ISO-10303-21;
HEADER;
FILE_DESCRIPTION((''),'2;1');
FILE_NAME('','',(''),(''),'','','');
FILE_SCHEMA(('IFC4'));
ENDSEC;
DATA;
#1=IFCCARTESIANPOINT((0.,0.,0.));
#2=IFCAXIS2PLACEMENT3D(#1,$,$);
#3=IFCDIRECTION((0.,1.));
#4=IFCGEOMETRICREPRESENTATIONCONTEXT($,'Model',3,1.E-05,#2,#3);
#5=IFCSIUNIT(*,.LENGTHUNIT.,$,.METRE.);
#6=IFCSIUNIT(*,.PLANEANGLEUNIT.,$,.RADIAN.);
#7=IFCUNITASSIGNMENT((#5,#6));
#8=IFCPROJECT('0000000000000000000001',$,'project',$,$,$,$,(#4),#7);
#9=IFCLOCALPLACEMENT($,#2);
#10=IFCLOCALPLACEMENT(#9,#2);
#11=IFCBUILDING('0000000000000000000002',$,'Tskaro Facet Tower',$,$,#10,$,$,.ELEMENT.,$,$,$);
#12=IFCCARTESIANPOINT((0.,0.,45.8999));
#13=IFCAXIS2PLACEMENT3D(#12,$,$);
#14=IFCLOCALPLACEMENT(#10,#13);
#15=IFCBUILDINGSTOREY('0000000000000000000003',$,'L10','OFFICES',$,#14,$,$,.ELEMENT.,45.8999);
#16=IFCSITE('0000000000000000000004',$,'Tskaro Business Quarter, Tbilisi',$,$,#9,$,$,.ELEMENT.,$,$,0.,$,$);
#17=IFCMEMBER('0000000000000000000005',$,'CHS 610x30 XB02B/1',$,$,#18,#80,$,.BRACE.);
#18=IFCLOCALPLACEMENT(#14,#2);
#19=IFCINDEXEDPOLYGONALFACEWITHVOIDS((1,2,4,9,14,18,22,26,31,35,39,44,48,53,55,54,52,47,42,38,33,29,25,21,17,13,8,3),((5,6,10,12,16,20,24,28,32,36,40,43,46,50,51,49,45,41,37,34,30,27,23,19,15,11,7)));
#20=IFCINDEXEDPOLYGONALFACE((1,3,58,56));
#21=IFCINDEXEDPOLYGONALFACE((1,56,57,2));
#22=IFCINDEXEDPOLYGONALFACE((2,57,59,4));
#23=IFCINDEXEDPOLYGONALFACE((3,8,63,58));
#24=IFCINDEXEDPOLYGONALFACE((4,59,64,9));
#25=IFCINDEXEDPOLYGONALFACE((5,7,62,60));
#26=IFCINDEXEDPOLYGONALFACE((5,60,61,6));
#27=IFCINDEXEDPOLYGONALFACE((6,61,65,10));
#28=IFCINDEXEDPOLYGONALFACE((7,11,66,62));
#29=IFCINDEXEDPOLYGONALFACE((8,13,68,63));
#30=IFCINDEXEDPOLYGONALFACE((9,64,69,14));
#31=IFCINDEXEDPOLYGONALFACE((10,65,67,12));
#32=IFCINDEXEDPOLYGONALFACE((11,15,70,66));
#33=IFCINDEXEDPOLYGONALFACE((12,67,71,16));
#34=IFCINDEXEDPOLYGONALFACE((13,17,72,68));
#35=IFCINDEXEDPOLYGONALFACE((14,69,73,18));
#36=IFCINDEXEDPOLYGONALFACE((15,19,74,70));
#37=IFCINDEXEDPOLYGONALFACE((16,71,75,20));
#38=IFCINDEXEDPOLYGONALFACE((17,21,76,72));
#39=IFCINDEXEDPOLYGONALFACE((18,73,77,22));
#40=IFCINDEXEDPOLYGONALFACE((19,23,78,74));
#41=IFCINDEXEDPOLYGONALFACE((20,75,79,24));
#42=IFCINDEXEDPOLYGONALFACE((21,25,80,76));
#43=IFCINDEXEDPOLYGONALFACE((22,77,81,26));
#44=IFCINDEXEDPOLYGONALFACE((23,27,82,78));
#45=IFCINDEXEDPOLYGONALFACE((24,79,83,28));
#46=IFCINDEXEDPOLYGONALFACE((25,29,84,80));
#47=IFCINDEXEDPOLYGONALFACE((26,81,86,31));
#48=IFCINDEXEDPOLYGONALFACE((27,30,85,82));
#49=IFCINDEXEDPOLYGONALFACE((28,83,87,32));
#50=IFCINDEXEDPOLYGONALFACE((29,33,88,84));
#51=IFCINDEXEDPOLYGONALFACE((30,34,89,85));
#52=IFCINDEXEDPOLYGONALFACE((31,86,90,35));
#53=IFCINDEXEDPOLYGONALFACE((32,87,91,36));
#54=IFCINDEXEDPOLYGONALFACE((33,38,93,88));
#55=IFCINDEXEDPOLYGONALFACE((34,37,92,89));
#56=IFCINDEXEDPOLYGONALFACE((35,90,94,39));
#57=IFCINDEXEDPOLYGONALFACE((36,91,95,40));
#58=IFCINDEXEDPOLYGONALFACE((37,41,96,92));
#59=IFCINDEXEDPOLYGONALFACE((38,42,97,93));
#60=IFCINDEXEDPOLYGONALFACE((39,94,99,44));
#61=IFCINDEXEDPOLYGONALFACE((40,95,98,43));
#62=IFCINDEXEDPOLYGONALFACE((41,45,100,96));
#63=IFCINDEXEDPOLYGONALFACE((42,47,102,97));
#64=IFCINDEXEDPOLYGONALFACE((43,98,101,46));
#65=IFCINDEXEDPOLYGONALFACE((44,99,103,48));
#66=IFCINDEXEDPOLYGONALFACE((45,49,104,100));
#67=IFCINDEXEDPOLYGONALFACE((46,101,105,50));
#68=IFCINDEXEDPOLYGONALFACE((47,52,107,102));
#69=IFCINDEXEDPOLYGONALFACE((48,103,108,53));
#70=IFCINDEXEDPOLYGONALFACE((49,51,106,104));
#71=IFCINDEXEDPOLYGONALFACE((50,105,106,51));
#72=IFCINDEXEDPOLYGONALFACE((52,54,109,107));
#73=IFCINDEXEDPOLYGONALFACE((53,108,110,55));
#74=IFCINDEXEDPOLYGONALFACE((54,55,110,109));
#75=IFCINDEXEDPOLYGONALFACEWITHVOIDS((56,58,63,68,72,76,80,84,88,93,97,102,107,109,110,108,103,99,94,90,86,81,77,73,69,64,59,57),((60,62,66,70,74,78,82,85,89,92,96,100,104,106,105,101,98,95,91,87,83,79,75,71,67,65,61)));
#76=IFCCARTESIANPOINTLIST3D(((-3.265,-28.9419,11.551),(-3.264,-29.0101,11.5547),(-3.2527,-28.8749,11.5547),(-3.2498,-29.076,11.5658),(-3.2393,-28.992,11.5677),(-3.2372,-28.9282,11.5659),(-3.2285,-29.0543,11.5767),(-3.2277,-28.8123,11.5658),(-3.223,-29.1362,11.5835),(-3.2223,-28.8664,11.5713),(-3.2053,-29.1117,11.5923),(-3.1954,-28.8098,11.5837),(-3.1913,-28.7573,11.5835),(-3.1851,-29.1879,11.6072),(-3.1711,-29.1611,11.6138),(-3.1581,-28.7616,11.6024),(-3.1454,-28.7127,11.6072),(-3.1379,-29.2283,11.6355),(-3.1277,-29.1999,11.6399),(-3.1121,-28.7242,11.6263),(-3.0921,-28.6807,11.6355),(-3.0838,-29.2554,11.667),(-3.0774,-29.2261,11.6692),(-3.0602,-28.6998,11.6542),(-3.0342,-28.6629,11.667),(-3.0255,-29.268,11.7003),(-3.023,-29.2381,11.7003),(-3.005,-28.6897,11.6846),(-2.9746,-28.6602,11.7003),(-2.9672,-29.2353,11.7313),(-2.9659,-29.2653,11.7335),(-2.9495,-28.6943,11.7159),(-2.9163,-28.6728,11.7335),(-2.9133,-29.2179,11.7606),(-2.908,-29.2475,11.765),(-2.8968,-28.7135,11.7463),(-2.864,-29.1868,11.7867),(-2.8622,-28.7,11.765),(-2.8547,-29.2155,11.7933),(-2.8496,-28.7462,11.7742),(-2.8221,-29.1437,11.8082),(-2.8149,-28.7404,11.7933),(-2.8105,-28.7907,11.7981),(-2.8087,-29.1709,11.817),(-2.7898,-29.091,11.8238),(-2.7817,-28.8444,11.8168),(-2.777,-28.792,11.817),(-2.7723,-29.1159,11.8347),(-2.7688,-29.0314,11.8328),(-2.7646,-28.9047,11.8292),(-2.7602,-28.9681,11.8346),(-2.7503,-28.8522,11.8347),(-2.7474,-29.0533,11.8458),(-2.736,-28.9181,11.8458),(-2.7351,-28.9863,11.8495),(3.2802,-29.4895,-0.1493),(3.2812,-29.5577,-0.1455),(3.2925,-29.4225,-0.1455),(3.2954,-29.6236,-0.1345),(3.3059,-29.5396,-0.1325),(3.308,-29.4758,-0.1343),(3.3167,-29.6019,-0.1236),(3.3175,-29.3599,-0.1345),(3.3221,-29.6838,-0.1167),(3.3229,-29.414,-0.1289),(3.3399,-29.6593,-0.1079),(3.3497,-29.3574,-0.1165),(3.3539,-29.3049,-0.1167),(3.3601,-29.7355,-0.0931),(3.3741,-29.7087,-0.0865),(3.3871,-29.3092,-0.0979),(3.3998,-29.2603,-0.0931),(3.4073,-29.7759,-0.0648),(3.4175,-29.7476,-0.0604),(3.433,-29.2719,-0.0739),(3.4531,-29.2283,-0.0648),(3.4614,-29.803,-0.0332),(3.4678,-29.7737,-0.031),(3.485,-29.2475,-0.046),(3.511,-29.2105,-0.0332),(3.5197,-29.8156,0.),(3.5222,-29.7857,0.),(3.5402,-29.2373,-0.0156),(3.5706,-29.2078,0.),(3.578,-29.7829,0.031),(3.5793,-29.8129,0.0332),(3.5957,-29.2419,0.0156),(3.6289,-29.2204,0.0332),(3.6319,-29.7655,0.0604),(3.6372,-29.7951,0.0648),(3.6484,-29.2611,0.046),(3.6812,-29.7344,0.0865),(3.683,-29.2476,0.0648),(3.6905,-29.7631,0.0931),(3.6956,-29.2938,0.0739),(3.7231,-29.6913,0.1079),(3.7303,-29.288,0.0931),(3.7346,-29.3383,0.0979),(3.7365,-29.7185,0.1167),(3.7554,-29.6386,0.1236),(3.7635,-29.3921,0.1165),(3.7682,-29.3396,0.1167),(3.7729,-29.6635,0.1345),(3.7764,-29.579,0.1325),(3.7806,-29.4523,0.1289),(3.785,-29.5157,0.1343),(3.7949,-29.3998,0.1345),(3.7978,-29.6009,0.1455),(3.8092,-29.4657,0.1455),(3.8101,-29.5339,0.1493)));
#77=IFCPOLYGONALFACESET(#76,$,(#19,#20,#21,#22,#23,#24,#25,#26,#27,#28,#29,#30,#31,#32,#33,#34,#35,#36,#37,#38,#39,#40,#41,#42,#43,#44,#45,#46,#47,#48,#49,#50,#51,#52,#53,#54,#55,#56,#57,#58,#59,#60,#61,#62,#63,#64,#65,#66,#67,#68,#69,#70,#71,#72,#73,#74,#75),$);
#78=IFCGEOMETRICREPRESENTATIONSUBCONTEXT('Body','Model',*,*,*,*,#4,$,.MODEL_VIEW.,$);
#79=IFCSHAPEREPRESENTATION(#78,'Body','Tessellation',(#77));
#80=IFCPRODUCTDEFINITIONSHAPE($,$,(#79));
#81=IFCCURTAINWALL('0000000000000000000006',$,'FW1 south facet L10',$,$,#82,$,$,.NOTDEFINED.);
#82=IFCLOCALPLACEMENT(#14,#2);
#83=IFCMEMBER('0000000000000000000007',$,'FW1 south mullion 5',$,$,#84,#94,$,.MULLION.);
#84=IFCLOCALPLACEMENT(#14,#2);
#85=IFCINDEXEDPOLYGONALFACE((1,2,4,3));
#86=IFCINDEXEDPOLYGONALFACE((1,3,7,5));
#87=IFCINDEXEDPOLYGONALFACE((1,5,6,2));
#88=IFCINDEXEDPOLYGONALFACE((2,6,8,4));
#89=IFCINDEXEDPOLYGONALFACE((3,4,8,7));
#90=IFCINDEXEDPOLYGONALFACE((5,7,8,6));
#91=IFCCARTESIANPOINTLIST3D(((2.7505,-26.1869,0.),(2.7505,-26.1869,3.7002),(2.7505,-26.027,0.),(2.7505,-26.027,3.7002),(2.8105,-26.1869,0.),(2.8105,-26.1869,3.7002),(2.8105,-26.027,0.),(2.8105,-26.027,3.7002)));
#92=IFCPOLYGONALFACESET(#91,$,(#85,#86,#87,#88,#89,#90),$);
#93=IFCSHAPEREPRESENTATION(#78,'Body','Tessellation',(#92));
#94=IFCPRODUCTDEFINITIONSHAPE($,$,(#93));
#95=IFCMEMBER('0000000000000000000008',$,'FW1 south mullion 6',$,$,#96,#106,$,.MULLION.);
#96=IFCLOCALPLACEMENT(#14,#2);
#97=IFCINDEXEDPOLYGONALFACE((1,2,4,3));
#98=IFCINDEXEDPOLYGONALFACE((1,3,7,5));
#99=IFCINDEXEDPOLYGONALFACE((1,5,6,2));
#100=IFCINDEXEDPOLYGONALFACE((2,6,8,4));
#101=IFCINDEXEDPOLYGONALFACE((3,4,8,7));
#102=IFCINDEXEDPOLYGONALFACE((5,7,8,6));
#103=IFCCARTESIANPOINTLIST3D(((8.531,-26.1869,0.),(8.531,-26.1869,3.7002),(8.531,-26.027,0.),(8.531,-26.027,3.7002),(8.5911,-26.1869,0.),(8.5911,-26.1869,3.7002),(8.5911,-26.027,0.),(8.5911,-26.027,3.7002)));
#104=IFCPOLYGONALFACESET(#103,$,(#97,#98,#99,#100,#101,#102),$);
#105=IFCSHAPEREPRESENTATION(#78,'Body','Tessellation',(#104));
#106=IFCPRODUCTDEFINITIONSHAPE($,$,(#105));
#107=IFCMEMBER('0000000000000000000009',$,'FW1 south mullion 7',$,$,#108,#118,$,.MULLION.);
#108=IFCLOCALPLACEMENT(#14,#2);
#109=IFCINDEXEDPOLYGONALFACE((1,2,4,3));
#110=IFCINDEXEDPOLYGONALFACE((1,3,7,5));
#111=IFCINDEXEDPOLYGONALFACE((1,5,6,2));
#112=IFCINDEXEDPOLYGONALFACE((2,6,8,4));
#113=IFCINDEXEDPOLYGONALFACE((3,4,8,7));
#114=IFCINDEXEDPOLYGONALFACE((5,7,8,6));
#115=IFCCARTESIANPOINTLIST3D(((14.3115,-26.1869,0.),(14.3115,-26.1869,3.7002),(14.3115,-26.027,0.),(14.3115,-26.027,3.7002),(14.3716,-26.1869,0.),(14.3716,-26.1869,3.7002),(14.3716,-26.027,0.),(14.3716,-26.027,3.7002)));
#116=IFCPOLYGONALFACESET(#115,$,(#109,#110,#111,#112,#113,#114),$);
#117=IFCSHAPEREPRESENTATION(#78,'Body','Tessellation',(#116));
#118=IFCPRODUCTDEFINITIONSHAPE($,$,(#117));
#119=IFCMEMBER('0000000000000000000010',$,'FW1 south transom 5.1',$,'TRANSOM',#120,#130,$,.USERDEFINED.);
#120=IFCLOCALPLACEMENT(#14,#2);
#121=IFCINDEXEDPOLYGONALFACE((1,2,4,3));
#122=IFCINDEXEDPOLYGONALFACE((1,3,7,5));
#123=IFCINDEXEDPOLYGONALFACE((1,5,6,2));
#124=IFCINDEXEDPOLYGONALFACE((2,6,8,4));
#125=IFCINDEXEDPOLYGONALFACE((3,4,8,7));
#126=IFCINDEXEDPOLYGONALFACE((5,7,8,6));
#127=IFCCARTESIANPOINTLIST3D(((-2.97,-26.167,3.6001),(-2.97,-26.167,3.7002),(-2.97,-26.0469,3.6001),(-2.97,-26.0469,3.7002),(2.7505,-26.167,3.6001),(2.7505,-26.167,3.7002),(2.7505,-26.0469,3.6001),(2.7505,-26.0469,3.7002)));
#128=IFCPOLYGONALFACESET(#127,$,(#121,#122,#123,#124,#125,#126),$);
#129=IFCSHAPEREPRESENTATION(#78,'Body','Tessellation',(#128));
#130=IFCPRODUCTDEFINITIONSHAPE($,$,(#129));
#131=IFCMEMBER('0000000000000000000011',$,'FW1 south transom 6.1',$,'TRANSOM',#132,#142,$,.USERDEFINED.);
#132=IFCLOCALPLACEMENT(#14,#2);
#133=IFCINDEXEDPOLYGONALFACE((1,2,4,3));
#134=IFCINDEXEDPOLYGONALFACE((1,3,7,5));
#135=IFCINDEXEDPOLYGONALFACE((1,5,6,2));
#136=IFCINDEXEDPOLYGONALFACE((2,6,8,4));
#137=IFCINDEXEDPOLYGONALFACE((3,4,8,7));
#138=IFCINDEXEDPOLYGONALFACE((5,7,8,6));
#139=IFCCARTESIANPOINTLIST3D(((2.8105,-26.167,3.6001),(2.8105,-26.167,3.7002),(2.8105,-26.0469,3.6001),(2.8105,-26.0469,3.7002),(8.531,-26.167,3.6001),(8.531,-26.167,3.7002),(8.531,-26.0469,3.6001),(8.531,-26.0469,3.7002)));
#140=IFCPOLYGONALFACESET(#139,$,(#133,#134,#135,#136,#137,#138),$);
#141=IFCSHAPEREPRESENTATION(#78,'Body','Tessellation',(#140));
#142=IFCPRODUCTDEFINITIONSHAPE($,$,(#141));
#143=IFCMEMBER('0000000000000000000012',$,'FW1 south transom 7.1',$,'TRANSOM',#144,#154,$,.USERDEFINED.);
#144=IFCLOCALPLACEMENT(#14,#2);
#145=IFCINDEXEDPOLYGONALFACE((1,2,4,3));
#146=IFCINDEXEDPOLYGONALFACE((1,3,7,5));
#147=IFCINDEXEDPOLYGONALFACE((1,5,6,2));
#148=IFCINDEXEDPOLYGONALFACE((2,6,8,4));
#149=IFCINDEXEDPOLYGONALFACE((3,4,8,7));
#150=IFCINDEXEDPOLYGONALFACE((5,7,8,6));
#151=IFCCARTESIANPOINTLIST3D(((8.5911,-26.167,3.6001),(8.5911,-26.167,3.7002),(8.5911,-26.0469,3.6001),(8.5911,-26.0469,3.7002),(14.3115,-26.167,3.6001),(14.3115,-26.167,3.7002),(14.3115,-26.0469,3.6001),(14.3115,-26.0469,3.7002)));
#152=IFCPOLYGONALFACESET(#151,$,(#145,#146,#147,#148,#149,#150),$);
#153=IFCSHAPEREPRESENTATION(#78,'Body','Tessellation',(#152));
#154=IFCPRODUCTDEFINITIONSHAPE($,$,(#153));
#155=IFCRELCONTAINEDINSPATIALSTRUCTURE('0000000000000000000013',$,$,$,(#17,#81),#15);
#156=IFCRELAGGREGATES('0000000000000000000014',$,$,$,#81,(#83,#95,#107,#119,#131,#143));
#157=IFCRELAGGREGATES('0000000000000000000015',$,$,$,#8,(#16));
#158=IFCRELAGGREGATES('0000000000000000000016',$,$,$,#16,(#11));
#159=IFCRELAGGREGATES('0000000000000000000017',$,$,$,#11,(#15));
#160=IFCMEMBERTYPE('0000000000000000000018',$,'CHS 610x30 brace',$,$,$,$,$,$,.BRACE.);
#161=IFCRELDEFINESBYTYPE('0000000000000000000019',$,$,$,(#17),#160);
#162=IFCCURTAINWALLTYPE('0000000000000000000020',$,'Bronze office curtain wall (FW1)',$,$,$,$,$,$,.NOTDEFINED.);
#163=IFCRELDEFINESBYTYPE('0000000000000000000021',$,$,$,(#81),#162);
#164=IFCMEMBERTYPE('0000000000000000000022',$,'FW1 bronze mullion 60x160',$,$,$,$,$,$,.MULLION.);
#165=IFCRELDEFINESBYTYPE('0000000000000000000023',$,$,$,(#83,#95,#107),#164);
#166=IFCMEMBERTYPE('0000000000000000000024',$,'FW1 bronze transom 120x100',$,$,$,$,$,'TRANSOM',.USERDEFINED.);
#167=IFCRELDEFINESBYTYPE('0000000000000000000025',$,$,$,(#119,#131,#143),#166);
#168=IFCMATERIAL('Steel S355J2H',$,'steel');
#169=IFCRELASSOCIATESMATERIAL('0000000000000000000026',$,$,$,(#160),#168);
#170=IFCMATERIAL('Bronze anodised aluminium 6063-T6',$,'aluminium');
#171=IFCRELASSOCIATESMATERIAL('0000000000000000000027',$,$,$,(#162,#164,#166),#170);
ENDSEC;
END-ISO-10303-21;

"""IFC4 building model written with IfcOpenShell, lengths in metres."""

from ifc_helpers import new_model, si_unit, direction, frame, origin, origin_2d, place, context, subcontext, project, spatial, rectangle, hollow_circle, extrude, material, material_profile, profile_set, type_object, element, aggregate, save


model = new_model("IFC4")

# Units and contexts
model_context = context("Model", 3, precision=1e-05, world=origin(), true_north=direction((0.0, 1.0)))
body_context = subcontext(model_context, "Body", "Model", "MODEL_VIEW")
ifc_project = project(units=[si_unit("LENGTHUNIT", "METRE"), si_unit("PLANEANGLEUNIT", "RADIAN")], contexts=[model_context])

# Site, building, storey
site_placement = place(None, origin())
site = spatial("IfcSite", under=ifc_project, at=site_placement, Name="Tskaro Business Quarter, Tbilisi", CompositionType="ELEMENT", RefElevation=0.0)
building_placement = place(site_placement, origin())
building = spatial("IfcBuilding", under=site, at=building_placement, Name="Tskaro Facet Tower", CompositionType="ELEMENT")
storey_placement = place(building_placement, frame((0.0, 0.0, 45.8999)))
storey = spatial("IfcBuildingStorey", under=building, at=storey_placement, Name="L10", Description="OFFICES", CompositionType="ELEMENT", Elevation=45.8999)

# Shared definitions
ifc_material_1 = material(Name="Steel S355J2H", Category="steel")

# Member
ifc_material_profile_1 = material_profile(ifc_material_1, hollow_circle(Radius=0.3049, WallThickness=0.03, at=origin_2d()), Name="CHS 610x30")
ifc_profile_set_1 = profile_set([ifc_material_profile_1], Name="Steel S355J2H")
member_type_1 = type_object("IfcMemberType", Name="CHS 610x30 brace", PredefinedType="BRACE", material=ifc_profile_set_1)
member_1_placement = place(storey_placement, frame((3.5452, -29.5117, 0.0), z_axis=(-0.487802, 0.040812, 0.872), x_axis=(-0.083375, -0.996518, 0.0)))
element("IfcMember", 1, at=member_1_placement, inside=storey, type_object=member_type_1, Name="CHS 610x30 XB02B/1", PredefinedType="BRACE", context=body_context, shape_type="SweptSolid", body=[
    extrude(hollow_circle(Radius=0.3049, WallThickness=0.03, at=origin_2d()), origin(), (0.0, 0.0, 1.0), 13.4177),
])

# Curtain wall, members
ifc_material_2 = material(Name="Bronze anodised aluminium 6063-T6", Category="aluminium")
curtain_wall_type = type_object("IfcCurtainWallType", Name="Bronze office curtain wall (FW1)", PredefinedType="NOTDEFINED", material=ifc_material_2)
curtain_wall_placement = place(storey_placement, origin())
curtain_wall = element("IfcCurtainWall", 2, at=curtain_wall_placement, inside=storey, type_object=curtain_wall_type, Name="FW1 south facet L10", PredefinedType="NOTDEFINED")
ifc_material_profile_2 = material_profile(ifc_material_2, rectangle(XDim=0.0601, YDim=0.1599, at=origin_2d()), Name="Mullion 60x160")
ifc_profile_set_2 = profile_set([ifc_material_profile_2], Name="Bronze anodised aluminium 6063-T6")
member_type_2 = type_object("IfcMemberType", Name="FW1 bronze mullion 60x160", PredefinedType="MULLION", material=ifc_profile_set_2)
member_2_placement = place(storey_placement, frame((2.7805, -26.1069, 0.0), z_axis=(0.0, 0.0, 1.0), x_axis=(1.0, 0.0, 0.0)))
member_2 = element("IfcMember", 3, at=member_2_placement, type_object=member_type_2, Name="FW1 south mullion 5", PredefinedType="MULLION", context=body_context, shape_type="SweptSolid", body=[
    extrude(rectangle(XDim=0.0601, YDim=0.1599, at=origin_2d()), origin(), (0.0, 0.0, 1.0), 3.7002),
])
member_3_placement = place(storey_placement, frame((8.561, -26.1069, 0.0), z_axis=(0.0, 0.0, 1.0), x_axis=(1.0, 0.0, 0.0)))
member_3 = element("IfcMember", 4, at=member_3_placement, type_object=member_type_2, Name="FW1 south mullion 6", PredefinedType="MULLION", context=body_context, shape_type="SweptSolid", body=[
    extrude(rectangle(XDim=0.0601, YDim=0.1599, at=origin_2d()), origin(), (0.0, 0.0, 1.0), 3.7002),
])
member_4_placement = place(storey_placement, frame((14.3416, -26.1069, 0.0), z_axis=(0.0, 0.0, 1.0), x_axis=(1.0, 0.0, 0.0)))
member_4 = element("IfcMember", 5, at=member_4_placement, type_object=member_type_2, Name="FW1 south mullion 7", PredefinedType="MULLION", context=body_context, shape_type="SweptSolid", body=[
    extrude(rectangle(XDim=0.0601, YDim=0.1599, at=origin_2d()), origin(), (0.0, 0.0, 1.0), 3.7002),
])
ifc_material_profile_3 = material_profile(ifc_material_2, rectangle(XDim=0.1201, YDim=0.1001, at=origin_2d()), Name="Transom 120x100")
ifc_profile_set_3 = profile_set([ifc_material_profile_3], Name="Bronze anodised aluminium 6063-T6")
member_type_3 = type_object("IfcMemberType", Name="FW1 bronze transom 120x100", ElementType="TRANSOM", PredefinedType="USERDEFINED", material=ifc_profile_set_3)
member_5_placement = place(storey_placement, frame((-2.97, -26.1069, 3.6501), z_axis=(1.0, 0.0, 0.0), x_axis=(0.0, 1.0, 0.0)))
member_5 = element("IfcMember", 6, at=member_5_placement, type_object=member_type_3, Name="FW1 south transom 5.1", ObjectType="TRANSOM", PredefinedType="USERDEFINED", context=body_context, shape_type="SweptSolid", body=[
    extrude(rectangle(XDim=0.1201, YDim=0.1001, at=origin_2d()), origin(), (0.0, 0.0, 1.0), 5.7205),
])
member_6_placement = place(storey_placement, frame((2.8105, -26.1069, 3.6501), z_axis=(1.0, 0.0, 0.0), x_axis=(0.0, 1.0, 0.0)))
member_6 = element("IfcMember", 7, at=member_6_placement, type_object=member_type_3, Name="FW1 south transom 6.1", ObjectType="TRANSOM", PredefinedType="USERDEFINED", context=body_context, shape_type="SweptSolid", body=[
    extrude(rectangle(XDim=0.1201, YDim=0.1001, at=origin_2d()), origin(), (0.0, 0.0, 1.0), 5.7205),
])
member_7_placement = place(storey_placement, frame((8.5911, -26.1069, 3.6501), z_axis=(1.0, 0.0, 0.0), x_axis=(0.0, 1.0, 0.0)))
member_7 = element("IfcMember", 8, at=member_7_placement, type_object=member_type_3, Name="FW1 south transom 7.1", ObjectType="TRANSOM", PredefinedType="USERDEFINED", context=body_context, shape_type="SweptSolid", body=[
    extrude(rectangle(XDim=0.1201, YDim=0.1001, at=origin_2d()), origin(), (0.0, 0.0, 1.0), 5.7205),
])

aggregate(curtain_wall, [member_2, member_3, member_4, member_5, member_6, member_7])

save(model, "model.ifc")
